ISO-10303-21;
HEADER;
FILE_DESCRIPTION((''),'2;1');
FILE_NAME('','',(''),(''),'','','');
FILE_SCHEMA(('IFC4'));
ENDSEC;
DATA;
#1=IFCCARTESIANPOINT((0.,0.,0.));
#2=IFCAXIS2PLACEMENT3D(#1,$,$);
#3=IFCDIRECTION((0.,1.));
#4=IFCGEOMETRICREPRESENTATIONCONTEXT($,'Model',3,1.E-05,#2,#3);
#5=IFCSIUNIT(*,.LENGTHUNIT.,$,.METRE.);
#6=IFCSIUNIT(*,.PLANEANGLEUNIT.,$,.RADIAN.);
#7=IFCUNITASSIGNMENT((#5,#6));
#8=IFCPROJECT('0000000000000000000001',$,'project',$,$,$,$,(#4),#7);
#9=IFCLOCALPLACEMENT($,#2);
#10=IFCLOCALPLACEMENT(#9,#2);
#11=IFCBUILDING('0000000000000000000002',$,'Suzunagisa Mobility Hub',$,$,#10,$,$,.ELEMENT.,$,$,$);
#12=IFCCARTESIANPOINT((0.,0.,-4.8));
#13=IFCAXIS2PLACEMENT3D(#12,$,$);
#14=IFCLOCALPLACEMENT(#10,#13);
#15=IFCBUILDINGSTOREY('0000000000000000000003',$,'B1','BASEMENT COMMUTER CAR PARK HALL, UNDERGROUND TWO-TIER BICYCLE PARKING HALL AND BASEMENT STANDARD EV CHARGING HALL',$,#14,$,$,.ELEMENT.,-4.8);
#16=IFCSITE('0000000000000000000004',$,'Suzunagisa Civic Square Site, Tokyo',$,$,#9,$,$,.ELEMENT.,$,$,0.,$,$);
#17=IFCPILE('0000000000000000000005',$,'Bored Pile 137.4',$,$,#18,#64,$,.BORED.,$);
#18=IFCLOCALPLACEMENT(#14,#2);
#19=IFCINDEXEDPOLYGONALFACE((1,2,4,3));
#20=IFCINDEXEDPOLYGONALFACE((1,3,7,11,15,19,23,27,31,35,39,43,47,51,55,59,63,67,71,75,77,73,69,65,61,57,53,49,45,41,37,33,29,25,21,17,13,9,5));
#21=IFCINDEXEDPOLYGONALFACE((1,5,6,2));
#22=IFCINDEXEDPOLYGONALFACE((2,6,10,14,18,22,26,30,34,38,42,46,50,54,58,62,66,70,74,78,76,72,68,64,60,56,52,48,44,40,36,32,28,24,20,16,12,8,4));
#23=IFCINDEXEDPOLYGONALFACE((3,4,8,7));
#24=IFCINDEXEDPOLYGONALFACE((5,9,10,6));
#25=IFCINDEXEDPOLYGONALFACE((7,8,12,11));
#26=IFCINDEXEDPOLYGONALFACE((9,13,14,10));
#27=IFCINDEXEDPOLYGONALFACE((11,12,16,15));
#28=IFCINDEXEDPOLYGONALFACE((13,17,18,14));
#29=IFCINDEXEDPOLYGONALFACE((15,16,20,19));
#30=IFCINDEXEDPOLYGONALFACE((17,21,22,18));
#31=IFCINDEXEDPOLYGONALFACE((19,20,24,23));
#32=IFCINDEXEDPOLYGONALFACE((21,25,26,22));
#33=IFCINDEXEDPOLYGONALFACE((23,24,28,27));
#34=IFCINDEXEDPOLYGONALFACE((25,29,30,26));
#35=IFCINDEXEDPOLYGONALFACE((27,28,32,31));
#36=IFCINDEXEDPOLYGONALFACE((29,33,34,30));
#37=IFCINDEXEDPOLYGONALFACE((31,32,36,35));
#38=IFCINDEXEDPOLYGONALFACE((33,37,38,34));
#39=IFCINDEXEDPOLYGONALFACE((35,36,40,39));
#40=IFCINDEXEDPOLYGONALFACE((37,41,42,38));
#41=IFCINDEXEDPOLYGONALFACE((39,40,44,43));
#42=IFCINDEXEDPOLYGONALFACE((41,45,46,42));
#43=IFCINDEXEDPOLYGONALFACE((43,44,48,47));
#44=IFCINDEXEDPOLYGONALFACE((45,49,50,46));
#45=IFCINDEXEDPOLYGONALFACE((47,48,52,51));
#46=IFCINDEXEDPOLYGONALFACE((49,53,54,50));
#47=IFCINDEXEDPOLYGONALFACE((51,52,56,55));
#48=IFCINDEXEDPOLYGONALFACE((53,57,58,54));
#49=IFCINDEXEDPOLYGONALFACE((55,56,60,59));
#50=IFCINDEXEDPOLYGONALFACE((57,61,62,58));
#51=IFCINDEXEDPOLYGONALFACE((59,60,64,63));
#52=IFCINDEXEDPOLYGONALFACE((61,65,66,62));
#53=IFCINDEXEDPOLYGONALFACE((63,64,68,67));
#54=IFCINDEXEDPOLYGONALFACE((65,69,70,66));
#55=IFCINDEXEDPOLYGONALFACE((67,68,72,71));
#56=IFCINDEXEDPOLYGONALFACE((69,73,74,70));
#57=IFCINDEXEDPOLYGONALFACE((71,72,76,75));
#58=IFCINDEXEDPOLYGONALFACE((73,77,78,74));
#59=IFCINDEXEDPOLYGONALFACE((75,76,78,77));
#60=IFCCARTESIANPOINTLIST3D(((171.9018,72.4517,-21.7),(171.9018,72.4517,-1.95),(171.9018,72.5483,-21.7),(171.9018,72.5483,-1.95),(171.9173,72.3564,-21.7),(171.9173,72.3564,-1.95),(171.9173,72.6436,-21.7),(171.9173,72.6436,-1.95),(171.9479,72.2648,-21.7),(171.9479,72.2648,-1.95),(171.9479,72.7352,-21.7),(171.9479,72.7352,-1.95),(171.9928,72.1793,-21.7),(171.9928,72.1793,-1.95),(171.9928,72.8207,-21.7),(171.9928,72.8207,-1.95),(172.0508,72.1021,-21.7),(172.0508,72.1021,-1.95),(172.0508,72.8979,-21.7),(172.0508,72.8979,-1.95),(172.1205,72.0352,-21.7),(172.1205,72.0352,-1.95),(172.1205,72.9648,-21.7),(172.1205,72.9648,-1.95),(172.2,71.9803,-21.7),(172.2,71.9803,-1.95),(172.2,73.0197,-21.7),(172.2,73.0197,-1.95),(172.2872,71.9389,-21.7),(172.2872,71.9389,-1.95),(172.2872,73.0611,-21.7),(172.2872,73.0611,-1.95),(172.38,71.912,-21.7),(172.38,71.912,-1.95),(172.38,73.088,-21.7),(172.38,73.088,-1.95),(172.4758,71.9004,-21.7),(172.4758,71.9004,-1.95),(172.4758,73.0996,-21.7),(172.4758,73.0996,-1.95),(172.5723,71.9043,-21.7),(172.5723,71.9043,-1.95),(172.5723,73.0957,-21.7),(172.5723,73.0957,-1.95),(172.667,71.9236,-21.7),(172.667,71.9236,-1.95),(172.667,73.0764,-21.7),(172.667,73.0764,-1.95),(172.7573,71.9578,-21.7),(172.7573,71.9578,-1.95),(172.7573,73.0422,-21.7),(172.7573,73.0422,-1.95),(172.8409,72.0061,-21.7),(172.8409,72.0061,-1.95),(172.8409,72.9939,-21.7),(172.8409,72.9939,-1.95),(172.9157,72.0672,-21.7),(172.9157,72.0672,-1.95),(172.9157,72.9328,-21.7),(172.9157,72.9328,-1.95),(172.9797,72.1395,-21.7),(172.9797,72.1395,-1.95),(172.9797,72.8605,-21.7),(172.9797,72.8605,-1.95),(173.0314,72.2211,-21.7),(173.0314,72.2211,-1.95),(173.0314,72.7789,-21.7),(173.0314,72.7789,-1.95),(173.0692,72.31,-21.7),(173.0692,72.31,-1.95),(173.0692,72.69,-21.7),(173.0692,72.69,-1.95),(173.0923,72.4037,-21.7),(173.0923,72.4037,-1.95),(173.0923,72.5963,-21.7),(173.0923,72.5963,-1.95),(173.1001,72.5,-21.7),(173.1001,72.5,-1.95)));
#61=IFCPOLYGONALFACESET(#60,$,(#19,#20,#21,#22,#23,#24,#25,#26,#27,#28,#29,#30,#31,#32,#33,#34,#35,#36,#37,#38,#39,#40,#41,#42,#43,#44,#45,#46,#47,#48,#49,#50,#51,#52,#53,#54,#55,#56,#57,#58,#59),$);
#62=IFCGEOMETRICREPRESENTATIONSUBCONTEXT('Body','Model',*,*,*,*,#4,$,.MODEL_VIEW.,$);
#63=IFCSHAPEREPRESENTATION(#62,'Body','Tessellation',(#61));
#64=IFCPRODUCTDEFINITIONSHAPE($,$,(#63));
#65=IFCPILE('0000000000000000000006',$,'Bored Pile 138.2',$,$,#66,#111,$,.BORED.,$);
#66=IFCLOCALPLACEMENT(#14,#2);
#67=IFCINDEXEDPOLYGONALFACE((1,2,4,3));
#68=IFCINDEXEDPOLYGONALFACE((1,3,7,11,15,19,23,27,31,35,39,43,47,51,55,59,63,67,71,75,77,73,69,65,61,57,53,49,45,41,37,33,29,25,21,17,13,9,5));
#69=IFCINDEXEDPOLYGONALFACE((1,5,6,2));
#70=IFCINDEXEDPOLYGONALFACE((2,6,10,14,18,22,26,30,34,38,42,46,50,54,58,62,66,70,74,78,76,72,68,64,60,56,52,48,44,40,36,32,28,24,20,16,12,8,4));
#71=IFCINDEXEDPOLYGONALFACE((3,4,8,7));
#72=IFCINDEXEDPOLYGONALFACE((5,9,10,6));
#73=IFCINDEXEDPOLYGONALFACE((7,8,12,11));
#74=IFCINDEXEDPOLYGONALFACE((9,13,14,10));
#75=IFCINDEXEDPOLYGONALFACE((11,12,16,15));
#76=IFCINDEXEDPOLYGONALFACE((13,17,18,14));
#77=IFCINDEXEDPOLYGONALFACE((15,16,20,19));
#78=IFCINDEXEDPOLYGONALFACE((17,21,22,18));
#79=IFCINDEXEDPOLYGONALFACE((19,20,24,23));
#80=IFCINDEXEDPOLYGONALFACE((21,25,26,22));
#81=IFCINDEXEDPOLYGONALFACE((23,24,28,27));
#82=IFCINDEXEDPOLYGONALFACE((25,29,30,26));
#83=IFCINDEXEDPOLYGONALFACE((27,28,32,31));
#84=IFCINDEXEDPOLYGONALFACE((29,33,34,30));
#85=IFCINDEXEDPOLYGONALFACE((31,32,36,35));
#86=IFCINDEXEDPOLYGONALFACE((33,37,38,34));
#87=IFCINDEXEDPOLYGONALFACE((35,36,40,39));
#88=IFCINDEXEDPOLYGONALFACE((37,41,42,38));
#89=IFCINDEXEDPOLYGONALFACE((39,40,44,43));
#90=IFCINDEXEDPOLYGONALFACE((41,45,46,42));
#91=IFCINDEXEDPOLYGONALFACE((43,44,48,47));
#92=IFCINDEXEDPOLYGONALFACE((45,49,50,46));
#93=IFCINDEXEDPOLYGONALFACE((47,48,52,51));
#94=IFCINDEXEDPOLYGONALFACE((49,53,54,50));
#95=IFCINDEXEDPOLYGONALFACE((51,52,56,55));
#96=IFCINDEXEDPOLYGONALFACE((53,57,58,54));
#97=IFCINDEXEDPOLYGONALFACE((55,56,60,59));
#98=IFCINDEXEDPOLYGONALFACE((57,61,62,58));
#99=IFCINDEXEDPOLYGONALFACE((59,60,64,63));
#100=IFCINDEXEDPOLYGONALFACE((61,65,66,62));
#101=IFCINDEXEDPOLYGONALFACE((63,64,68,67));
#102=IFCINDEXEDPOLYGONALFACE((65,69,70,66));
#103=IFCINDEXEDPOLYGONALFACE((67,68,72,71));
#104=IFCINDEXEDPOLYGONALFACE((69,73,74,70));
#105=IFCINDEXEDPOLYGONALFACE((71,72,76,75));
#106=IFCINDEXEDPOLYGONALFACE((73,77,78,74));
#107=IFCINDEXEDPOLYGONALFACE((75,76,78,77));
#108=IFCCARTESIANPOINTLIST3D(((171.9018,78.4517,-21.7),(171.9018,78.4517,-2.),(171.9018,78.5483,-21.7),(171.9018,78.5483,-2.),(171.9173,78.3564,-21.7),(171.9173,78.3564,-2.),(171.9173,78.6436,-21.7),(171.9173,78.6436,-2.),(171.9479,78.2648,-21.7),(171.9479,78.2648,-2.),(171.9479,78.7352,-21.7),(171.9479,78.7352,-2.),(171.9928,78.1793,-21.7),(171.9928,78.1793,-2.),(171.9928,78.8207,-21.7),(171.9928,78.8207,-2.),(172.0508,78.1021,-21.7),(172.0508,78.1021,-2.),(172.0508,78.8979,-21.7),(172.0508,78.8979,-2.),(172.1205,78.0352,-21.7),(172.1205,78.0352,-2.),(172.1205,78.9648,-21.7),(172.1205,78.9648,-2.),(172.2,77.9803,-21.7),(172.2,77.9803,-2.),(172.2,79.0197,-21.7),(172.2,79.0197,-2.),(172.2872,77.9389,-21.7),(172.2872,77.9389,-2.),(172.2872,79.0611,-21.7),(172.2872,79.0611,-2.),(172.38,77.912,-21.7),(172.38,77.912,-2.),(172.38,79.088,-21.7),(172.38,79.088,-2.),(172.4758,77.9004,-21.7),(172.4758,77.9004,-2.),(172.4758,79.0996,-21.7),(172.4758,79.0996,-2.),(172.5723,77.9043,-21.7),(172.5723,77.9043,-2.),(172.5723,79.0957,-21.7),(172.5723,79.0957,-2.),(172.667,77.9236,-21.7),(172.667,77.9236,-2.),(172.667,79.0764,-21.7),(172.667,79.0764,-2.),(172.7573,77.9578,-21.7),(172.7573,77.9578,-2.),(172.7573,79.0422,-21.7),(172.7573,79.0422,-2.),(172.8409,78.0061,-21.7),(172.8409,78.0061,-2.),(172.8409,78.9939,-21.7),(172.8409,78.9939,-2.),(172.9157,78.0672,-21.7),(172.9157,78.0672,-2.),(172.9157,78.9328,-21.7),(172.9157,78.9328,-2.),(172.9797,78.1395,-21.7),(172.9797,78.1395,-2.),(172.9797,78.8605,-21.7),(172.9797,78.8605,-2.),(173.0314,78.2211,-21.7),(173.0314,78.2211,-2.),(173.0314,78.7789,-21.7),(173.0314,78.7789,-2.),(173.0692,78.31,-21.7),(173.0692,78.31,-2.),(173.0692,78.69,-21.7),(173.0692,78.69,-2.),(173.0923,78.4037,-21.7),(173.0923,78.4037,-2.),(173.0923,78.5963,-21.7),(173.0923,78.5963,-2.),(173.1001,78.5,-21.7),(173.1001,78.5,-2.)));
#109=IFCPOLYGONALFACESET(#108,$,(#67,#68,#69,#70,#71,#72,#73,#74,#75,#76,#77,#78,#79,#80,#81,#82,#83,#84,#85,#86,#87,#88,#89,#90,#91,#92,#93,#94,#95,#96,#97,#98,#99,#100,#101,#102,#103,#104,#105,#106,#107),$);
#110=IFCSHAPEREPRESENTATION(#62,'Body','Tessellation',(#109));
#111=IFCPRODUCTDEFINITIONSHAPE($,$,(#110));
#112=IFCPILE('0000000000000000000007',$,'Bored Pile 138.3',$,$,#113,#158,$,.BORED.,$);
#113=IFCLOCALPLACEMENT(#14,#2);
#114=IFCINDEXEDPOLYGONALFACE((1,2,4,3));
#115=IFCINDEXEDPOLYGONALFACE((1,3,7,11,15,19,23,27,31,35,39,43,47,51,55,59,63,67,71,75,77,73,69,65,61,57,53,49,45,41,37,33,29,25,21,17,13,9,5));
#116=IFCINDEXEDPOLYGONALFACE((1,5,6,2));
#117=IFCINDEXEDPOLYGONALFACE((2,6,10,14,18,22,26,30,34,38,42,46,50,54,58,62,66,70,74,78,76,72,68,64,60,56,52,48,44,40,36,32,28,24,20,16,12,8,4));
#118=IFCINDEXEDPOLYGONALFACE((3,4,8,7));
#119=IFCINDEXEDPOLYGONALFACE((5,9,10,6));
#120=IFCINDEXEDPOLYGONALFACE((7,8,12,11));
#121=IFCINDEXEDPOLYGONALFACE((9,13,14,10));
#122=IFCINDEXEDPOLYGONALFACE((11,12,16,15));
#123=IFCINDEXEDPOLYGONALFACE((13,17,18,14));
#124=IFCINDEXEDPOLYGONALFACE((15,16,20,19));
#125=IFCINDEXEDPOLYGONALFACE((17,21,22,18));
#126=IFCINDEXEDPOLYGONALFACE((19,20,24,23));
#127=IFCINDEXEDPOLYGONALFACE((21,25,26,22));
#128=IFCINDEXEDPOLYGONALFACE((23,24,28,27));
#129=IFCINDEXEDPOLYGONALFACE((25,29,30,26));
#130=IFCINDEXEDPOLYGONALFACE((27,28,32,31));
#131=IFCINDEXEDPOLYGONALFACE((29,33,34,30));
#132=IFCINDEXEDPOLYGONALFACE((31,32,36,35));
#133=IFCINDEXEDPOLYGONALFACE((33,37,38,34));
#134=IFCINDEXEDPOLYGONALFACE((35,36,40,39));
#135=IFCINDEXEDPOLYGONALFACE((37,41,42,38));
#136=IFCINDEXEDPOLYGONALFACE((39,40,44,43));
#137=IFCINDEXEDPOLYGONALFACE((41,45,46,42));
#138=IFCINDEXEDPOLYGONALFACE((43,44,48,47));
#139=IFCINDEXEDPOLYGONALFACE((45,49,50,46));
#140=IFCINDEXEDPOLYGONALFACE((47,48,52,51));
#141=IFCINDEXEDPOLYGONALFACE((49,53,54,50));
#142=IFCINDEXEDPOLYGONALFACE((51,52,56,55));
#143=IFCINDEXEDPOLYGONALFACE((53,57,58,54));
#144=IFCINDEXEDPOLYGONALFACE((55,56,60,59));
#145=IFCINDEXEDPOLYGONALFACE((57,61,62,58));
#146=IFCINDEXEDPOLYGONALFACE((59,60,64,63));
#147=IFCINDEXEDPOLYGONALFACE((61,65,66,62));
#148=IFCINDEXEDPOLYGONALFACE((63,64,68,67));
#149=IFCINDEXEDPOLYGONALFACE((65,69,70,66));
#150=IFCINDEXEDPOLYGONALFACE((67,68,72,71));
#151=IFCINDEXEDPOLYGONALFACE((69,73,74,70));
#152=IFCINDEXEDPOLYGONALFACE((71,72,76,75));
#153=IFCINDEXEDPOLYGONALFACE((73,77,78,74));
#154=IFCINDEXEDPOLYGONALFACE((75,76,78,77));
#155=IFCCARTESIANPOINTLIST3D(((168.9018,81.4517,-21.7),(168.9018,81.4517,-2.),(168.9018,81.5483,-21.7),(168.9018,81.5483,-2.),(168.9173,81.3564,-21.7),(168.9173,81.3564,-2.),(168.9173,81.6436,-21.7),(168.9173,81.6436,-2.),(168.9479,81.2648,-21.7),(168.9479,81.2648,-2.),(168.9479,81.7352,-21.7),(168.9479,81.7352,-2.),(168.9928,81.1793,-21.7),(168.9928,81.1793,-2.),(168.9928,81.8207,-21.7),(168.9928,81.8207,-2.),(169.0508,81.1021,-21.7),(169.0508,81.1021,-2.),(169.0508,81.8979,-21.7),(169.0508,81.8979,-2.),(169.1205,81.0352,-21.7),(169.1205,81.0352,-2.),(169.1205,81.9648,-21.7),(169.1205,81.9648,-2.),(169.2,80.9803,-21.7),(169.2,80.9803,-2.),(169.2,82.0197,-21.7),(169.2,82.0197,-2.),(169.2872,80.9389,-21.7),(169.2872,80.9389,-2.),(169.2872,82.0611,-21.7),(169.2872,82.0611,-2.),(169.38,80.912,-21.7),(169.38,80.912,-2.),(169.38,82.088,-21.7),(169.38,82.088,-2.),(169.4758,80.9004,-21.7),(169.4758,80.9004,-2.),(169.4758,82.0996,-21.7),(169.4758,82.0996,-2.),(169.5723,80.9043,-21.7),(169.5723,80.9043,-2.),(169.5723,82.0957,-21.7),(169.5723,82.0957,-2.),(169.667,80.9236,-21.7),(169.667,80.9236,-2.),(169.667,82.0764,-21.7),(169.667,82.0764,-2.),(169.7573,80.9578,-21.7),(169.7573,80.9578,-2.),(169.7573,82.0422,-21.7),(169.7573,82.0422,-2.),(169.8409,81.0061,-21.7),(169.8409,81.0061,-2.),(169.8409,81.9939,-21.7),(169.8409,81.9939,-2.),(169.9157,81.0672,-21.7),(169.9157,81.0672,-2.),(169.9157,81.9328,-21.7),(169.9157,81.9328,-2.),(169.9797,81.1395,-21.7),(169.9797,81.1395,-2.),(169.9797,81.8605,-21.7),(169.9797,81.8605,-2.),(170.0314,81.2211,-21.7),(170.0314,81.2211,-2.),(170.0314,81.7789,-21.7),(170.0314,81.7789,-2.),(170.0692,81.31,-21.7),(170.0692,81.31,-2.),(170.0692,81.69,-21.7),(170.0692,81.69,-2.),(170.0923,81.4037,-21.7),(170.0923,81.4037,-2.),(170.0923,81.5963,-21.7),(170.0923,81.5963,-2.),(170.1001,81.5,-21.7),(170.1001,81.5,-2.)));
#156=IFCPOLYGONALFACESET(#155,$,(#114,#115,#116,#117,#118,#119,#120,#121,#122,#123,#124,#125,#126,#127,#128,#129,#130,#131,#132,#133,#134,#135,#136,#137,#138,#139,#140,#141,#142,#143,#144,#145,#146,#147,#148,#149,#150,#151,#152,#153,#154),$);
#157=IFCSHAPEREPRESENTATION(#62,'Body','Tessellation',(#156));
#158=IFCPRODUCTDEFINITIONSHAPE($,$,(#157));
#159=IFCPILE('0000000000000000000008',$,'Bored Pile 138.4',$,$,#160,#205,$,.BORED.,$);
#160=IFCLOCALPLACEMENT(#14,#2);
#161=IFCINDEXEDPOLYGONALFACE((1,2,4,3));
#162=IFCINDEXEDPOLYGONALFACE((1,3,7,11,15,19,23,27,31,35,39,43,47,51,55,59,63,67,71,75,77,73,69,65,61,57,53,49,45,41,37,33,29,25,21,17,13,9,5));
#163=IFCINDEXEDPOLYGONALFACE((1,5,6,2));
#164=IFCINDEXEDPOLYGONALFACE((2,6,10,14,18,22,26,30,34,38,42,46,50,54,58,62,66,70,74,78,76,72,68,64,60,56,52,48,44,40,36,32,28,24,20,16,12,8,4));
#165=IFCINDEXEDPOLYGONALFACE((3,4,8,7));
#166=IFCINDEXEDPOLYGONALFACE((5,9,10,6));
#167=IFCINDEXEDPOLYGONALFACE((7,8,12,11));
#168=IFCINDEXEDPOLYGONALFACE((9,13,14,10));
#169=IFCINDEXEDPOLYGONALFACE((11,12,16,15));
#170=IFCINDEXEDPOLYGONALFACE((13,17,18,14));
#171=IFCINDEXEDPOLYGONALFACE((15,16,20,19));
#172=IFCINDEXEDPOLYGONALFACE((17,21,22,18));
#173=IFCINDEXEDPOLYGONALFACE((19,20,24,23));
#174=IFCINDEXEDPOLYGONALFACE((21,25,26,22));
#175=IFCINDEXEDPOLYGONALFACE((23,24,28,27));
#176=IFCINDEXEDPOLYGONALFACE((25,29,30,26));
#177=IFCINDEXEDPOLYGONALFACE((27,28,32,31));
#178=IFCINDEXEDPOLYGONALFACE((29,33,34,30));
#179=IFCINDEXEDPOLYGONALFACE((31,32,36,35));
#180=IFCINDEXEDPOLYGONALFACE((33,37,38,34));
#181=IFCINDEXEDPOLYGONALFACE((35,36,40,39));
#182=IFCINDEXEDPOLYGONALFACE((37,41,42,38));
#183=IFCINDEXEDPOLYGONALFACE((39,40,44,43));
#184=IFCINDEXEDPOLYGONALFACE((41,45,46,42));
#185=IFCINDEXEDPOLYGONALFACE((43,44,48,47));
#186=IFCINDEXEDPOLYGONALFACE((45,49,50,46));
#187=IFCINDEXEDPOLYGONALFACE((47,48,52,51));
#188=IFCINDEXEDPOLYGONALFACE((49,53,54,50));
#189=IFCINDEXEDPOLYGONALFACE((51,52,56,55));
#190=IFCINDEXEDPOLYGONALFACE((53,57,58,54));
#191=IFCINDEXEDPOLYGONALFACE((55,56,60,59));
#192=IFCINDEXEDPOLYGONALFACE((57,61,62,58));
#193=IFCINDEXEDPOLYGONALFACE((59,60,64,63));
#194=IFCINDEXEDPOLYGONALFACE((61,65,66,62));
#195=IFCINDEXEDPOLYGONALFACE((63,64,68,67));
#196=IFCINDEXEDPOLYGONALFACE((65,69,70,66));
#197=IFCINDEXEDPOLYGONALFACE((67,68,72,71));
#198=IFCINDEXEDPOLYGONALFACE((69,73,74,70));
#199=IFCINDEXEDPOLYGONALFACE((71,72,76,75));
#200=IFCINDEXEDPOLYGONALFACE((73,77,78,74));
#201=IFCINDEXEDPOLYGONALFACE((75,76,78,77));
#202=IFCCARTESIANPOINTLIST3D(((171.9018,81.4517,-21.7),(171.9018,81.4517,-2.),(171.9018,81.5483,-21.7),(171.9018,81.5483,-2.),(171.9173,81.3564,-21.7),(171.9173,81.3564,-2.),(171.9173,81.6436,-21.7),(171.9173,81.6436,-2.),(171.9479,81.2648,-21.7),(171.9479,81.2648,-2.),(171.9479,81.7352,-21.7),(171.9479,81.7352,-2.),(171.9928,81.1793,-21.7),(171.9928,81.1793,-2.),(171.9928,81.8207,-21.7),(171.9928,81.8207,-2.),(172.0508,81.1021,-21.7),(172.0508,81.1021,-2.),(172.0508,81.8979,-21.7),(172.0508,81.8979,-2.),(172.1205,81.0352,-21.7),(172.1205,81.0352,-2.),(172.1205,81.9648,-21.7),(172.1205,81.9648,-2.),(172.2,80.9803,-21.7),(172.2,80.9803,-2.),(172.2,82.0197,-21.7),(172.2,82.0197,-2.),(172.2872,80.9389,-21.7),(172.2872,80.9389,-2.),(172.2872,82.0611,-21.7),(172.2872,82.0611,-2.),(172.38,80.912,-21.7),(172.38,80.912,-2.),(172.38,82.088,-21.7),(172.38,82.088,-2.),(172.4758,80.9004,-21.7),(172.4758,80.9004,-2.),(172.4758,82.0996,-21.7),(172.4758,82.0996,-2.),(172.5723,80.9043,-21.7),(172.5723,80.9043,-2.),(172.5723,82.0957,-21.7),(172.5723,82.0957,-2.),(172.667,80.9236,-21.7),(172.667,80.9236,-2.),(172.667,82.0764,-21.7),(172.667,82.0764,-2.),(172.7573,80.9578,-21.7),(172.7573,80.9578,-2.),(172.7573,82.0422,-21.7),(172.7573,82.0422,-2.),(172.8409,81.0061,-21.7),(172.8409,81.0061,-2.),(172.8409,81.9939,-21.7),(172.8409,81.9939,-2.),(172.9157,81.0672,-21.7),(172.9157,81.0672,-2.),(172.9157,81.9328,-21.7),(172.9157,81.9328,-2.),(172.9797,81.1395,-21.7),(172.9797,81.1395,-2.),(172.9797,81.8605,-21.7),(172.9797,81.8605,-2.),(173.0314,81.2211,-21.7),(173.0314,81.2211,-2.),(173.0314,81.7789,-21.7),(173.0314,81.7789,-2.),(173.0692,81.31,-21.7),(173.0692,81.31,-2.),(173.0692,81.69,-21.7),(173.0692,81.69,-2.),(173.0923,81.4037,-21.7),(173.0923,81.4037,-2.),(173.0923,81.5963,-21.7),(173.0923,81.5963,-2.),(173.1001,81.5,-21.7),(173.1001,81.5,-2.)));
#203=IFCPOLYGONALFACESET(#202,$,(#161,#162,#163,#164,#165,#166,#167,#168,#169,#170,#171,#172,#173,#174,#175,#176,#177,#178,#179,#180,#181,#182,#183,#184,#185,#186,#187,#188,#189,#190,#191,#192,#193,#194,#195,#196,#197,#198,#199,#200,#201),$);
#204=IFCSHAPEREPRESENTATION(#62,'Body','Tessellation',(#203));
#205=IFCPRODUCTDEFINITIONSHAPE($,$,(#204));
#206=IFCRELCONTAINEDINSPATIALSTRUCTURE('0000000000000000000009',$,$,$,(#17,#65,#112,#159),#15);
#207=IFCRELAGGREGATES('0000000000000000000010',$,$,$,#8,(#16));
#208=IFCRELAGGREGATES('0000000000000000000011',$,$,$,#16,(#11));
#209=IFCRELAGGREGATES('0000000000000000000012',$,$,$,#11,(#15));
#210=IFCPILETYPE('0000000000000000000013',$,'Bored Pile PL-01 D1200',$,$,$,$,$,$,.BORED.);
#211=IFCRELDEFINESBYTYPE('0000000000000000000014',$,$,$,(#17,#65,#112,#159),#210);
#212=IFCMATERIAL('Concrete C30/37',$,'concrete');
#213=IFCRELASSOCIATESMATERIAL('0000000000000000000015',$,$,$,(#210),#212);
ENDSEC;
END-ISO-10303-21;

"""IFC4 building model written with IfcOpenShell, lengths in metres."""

from ifc_helpers import new_model, si_unit, direction, frame, origin, origin_2d, place, context, subcontext, project, spatial, circle, extrude, material, material_profile, profile_set, type_object, element, save


model = new_model("IFC4")

# Units and contexts
model_context = context("Model", 3, precision=1e-05, world=origin(), true_north=direction((0.0, 1.0)))
body_context = subcontext(model_context, "Body", "Model", "MODEL_VIEW")
ifc_project = project(units=[si_unit("LENGTHUNIT", "METRE"), si_unit("PLANEANGLEUNIT", "RADIAN")], contexts=[model_context])

# Site, building, storey
site_placement = place(None, origin())
site = spatial("IfcSite", under=ifc_project, at=site_placement, Name="Suzunagisa Civic Square Site, Tokyo", CompositionType="ELEMENT", RefElevation=0.0)
building_placement = place(site_placement, origin())
building = spatial("IfcBuilding", under=site, at=building_placement, Name="Suzunagisa Mobility Hub", CompositionType="ELEMENT")
storey_placement = place(building_placement, frame((0.0, 0.0, -4.8)))
storey = spatial("IfcBuildingStorey", under=building, at=storey_placement, Name="B1", Description="BASEMENT COMMUTER CAR PARK HALL, UNDERGROUND TWO-TIER BICYCLE PARKING HALL AND BASEMENT STANDARD EV CHARGING HALL", CompositionType="ELEMENT", Elevation=-4.8)

# Piles
ifc_material_1 = material(Name="Concrete C30/37", Category="concrete")
ifc_material_profile_1 = material_profile(ifc_material_1, circle(Radius=0.6001, at=origin_2d()), Name="BORED PILE D1200")
ifc_profile_set_1 = profile_set([ifc_material_profile_1], Name="Concrete C30/37")
pile_type = type_object("IfcPileType", Name="Bored Pile PL-01 D1200", PredefinedType="BORED", material=ifc_profile_set_1)
pile_placement = place(storey_placement, frame((172.5, 72.5, -1.95), z_axis=(0.0, 0.0, -1.0), x_axis=(1.0, 0.0, 0.0)))
element("IfcPile", 1, at=pile_placement, inside=storey, type_object=pile_type, Name="Bored Pile 137.4", PredefinedType="BORED", context=body_context, shape_type="SweptSolid", body=[
    extrude(circle(Radius=0.6001, at=origin_2d()), origin(), (0.0, 0.0, 1.0), 19.75),
])
for number, where, z_axis, x_axis, name in (
    (2, (172.5, 78.5, -2.0), (0.0, 0.0, -1.0), (1.0, 0.0, 0.0), "Bored Pile 138.2"),
    (3, (169.5, 81.5, -2.0), (0.0, 0.0, -1.0), (1.0, 0.0, 0.0), "Bored Pile 138.3"),
    (4, (172.5, 81.5, -2.0), (0.0, 0.0, -1.0), (1.0, 0.0, 0.0), "Bored Pile 138.4"),
):
    element("IfcPile", number, at=place(storey_placement, frame(where, z_axis=z_axis, x_axis=x_axis)), inside=storey, type_object=pile_type, Name=name, PredefinedType="BORED", context=body_context, shape_type="SweptSolid", body=[
        extrude(circle(Radius=0.6001, at=origin_2d()), origin(), (0.0, 0.0, 1.0), 19.7),
    ])

save(model, "model.ifc")
